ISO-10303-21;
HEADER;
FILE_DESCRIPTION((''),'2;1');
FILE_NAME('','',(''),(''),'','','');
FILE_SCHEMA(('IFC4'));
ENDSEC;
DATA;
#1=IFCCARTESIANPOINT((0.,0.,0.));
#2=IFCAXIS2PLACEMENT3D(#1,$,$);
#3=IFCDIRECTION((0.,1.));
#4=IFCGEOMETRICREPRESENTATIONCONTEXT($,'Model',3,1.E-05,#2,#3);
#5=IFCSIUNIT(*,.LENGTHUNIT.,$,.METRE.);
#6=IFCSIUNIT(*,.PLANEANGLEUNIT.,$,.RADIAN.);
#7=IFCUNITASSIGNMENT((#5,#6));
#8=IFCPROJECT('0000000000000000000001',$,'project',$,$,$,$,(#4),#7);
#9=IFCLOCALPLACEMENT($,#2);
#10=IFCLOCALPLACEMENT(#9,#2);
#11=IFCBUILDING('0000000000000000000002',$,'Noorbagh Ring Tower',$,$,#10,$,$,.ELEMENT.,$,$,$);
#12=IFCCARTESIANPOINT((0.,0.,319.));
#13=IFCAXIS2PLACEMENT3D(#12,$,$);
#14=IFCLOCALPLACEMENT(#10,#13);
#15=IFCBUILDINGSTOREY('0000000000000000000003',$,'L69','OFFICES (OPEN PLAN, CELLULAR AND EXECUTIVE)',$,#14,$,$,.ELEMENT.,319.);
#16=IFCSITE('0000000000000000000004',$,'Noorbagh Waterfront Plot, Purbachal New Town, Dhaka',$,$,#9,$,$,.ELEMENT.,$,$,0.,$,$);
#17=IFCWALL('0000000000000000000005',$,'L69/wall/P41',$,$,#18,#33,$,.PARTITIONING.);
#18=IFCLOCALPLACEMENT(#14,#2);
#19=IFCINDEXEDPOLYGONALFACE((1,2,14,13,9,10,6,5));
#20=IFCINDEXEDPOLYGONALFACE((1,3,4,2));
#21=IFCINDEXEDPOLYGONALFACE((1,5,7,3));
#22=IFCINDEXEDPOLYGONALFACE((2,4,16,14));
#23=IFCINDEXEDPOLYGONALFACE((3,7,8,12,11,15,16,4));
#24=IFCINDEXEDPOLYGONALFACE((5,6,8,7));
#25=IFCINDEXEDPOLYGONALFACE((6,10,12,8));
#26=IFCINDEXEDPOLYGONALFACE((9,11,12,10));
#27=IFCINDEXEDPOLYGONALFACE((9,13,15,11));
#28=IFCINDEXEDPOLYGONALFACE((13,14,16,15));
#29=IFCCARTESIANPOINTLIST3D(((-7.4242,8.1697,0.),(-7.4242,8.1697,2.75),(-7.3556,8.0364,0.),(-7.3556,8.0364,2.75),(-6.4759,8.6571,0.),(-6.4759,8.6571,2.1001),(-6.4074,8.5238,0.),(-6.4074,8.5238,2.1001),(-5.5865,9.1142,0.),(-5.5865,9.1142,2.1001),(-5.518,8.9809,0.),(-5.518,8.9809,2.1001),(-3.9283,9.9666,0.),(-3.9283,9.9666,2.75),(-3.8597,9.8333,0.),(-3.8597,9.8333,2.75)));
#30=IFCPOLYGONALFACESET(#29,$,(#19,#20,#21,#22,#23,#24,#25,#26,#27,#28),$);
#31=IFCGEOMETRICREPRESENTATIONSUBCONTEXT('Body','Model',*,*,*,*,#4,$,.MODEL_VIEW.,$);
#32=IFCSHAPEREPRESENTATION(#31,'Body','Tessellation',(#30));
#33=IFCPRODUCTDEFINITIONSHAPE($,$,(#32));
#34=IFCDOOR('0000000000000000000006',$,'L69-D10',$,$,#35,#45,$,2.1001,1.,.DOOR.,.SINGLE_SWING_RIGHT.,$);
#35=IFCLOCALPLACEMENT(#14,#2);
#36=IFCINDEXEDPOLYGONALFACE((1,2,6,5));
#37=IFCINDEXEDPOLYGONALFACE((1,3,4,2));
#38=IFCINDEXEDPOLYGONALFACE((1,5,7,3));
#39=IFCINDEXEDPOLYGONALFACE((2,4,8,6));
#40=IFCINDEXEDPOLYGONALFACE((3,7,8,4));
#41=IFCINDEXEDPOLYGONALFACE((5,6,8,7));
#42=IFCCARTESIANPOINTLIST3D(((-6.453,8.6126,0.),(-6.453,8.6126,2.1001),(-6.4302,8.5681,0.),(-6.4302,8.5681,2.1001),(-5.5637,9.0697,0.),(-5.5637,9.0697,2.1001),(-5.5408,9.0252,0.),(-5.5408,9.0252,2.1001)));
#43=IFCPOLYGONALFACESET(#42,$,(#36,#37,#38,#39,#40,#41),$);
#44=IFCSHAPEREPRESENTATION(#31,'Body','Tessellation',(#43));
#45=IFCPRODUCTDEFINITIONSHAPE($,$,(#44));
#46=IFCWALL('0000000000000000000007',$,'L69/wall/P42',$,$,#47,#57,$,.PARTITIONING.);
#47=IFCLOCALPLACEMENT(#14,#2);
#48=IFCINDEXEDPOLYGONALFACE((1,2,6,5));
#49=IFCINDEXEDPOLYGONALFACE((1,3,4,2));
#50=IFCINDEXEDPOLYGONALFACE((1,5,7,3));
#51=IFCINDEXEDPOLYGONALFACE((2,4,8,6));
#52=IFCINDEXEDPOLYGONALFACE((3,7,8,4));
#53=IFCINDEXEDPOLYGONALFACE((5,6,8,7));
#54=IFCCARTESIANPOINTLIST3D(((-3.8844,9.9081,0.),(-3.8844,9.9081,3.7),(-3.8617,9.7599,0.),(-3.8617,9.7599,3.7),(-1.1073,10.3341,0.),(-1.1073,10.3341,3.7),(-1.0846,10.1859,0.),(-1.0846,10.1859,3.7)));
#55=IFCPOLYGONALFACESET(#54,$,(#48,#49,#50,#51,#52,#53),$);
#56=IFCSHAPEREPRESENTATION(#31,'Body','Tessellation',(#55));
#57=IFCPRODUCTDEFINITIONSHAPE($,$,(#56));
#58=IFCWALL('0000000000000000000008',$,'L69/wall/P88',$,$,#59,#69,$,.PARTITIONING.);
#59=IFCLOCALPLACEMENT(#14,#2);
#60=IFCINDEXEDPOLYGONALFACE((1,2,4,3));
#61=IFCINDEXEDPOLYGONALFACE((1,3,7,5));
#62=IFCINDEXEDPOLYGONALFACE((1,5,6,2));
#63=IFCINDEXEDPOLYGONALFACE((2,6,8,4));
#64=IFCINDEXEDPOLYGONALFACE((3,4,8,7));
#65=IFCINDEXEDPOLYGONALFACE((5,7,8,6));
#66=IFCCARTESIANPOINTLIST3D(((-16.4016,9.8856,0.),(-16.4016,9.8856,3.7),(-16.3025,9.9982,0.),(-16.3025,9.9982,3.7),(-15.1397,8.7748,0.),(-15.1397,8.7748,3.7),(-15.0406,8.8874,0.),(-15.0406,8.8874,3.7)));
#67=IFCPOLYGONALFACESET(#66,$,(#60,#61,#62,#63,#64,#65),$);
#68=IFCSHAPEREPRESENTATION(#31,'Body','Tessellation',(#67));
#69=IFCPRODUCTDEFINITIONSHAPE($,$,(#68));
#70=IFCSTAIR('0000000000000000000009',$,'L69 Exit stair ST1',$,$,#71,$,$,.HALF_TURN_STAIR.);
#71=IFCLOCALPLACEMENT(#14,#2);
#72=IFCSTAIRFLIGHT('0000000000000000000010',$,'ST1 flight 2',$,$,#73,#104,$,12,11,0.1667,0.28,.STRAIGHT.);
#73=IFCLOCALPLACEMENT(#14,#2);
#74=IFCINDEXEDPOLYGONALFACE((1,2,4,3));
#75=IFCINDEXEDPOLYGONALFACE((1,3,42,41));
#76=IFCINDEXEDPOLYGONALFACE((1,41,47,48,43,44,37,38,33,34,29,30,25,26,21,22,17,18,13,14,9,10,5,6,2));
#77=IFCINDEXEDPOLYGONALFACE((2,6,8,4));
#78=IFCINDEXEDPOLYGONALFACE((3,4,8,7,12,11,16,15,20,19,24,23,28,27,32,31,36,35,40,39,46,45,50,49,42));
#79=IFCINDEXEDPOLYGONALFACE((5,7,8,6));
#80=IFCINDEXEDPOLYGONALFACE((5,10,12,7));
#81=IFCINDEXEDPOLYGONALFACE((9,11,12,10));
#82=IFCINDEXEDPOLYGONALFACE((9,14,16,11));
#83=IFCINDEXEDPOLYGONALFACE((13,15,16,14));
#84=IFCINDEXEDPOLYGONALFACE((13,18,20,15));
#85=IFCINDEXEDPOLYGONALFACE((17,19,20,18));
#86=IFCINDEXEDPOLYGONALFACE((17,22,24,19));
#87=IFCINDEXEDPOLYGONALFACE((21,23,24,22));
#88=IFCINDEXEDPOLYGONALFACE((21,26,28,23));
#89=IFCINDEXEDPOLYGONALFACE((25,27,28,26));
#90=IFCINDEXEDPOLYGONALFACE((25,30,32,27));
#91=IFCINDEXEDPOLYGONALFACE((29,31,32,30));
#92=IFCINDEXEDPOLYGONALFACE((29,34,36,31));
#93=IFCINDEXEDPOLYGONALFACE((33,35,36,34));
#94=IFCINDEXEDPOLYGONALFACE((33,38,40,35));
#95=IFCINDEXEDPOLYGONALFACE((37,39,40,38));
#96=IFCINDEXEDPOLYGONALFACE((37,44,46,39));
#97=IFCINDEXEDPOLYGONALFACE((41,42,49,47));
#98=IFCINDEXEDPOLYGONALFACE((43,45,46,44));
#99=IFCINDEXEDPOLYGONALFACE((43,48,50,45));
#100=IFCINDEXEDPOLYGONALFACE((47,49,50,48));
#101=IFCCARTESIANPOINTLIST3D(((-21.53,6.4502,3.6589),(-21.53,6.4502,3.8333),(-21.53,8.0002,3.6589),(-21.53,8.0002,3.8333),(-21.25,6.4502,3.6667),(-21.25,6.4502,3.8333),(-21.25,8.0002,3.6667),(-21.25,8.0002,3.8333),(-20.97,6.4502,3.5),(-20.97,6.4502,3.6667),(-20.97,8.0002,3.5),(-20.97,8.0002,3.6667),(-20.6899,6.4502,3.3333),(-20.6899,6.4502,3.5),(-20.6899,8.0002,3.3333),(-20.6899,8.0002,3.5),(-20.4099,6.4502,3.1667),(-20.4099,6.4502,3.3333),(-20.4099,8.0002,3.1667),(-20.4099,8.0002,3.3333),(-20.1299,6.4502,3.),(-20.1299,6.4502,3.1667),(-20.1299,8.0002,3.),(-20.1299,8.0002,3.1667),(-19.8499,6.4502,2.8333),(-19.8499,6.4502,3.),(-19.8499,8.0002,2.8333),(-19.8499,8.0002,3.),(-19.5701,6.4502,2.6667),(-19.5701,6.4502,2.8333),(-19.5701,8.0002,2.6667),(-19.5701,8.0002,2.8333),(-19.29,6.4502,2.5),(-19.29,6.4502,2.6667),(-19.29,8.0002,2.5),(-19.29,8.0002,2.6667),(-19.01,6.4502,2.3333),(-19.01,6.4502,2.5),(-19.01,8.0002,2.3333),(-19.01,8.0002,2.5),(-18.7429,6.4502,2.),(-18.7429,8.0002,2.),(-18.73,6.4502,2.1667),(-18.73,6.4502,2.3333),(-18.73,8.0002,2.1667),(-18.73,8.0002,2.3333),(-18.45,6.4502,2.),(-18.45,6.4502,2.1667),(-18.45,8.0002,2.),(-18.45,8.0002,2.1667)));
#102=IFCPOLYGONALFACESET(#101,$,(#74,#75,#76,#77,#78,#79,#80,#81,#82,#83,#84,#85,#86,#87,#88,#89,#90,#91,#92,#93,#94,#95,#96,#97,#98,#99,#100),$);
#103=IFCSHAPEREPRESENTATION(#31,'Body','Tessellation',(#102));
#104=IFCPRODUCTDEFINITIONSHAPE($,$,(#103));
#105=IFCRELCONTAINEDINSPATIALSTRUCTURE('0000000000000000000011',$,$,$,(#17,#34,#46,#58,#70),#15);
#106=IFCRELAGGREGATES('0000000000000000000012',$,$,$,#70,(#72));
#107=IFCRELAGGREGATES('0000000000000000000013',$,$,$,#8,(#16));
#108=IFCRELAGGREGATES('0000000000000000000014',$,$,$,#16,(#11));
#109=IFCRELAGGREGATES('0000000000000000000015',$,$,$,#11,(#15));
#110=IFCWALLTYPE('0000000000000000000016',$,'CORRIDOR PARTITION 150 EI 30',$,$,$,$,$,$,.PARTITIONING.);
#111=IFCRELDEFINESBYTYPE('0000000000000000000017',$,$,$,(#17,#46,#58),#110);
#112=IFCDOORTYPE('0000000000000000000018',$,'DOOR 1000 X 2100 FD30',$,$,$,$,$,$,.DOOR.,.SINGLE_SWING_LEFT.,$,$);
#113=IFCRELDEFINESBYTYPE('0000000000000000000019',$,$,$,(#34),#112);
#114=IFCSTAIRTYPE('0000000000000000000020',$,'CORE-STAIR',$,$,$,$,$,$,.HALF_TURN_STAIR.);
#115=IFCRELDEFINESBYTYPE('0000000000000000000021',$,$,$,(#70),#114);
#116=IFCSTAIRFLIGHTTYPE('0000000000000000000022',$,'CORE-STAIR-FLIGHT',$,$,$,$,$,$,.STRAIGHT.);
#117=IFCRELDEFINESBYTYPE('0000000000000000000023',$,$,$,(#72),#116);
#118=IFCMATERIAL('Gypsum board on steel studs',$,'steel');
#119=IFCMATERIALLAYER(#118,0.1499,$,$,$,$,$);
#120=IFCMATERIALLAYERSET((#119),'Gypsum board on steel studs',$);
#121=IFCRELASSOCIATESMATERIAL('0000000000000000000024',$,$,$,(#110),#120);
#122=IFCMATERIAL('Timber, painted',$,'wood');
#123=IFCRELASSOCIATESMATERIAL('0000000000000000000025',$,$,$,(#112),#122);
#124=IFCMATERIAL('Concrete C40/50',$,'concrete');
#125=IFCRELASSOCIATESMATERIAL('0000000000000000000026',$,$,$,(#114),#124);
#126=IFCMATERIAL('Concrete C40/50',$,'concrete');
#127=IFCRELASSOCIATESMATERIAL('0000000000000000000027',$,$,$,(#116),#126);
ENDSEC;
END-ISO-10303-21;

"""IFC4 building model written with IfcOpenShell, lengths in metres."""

from ifc_helpers import new_model, si_unit, direction, frame, frame_2d, origin, place, context, subcontext, project, spatial, polyline, rectangle, outline, extrude, material, layer, layer_set, type_object, element, fill, aggregate, save


model = new_model("IFC4")

# Units and contexts
model_context = context("Model", 3, precision=1e-05, world=origin(), true_north=direction((0.0, 1.0)))
body_context = subcontext(model_context, "Body", "Model", "MODEL_VIEW")
ifc_project = project(units=[si_unit("LENGTHUNIT", "METRE"), si_unit("PLANEANGLEUNIT", "RADIAN")], contexts=[model_context])

# Site, building, storey
site_placement = place(None, origin())
site = spatial("IfcSite", under=ifc_project, at=site_placement, Name="Noorbagh Waterfront Plot, Purbachal New Town, Dhaka", CompositionType="ELEMENT", RefElevation=0.0)
building_placement = place(site_placement, origin())
building = spatial("IfcBuilding", under=site, at=building_placement, Name="Noorbagh Ring Tower", CompositionType="ELEMENT")
storey_placement = place(building_placement, frame((0.0, 0.0, 319.0)))
storey = spatial("IfcBuildingStorey", under=building, at=storey_placement, Name="L69", Description="OFFICES (OPEN PLAN, CELLULAR AND EXECUTIVE)", CompositionType="ELEMENT", Elevation=319.0)

# Shared definitions
ifc_material_1 = material(Name="Gypsum board on steel studs", Category="steel")
ifc_layer_1 = layer(ifc_material_1, 0.1499)
ifc_layer_set_1 = layer_set([ifc_layer_1], Name="Gypsum board on steel studs")
wall_type_1 = type_object("IfcWallType", Name="CORRIDOR PARTITION 150 EI 30", PredefinedType="PARTITIONING", material=ifc_layer_set_1)

# Shared definitions
ifc_material_2 = material(Name="Timber, painted", Category="wood")
door_type_1 = type_object("IfcDoorType", Name="DOOR 1000 X 2100 FD30", OperationType="SINGLE_SWING_LEFT", PredefinedType="DOOR", material=ifc_material_2)

# Wall, opening, door
wall_1_placement = place(storey_placement, frame((-7.3899, 8.103, 0.0), z_axis=(0.0, 0.0, 1.0), x_axis=(0.88939, 0.457149, 0.0)))
wall_1 = element("IfcWall", 1, at=wall_1_placement, inside=storey, type_object=wall_type_1, Name="L69/wall/P41", PredefinedType="PARTITIONING", context=body_context, shape_type="SweptSolid", body=[
    extrude(rectangle(XDim=3.9307, YDim=0.1499, at=frame_2d((1.9653, 0.0))), origin(), (0.0, 0.0, 1.0), 2.75),
])
opening_1_placement = place(wall_1_placement, frame((1.0662, 0.0, 0.0)))
opening_1 = element("IfcOpeningElement", 2, at=opening_1_placement, cuts=wall_1, PredefinedType="OPENING", context=body_context, shape_type="SweptSolid", body=[
    extrude(rectangle(XDim=1.0, YDim=2.1001, at=frame_2d((0.5, 1.05))), frame((0.0, 0.085, 0.0), z_axis=(0.0, -1.0, 0.0), x_axis=(1.0, 0.0, 0.0)), (0.0, 0.0, 1.0), 0.1699),
])
door_1_placement = place(opening_1_placement, origin())
door_1 = element("IfcDoor", 3, at=door_1_placement, inside=storey, type_object=door_type_1, Name="L69-D10", OperationType="SINGLE_SWING_RIGHT", OverallHeight=2.1001, OverallWidth=1.0, PredefinedType="DOOR", context=body_context, shape_type="SweptSolid", body=[
    extrude(rectangle(XDim=1.0, YDim=2.1001, at=frame_2d((0.5, 1.05))), frame((0.0, 0.0249, 0.0), z_axis=(0.0, -1.0, 0.0), x_axis=(1.0, 0.0, 0.0)), (0.0, 0.0, 1.0), 0.05),
])
fill(opening_1, door_1)

# Walls
wall_2_placement = place(storey_placement, frame((-3.873, 9.834, 0.0), z_axis=(0.0, 0.0, 1.0), x_axis=(0.988437, 0.151633, 0.0)))
element("IfcWall", 4, at=wall_2_placement, inside=storey, type_object=wall_type_1, Name="L69/wall/P42", PredefinedType="PARTITIONING", context=body_context, shape_type="SweptSolid", body=[
    extrude(rectangle(XDim=2.8096, YDim=0.1499, at=frame_2d((1.4048, 0.0))), origin(), (0.0, 0.0, 1.0), 3.7),
])
wall_3_placement = place(storey_placement, frame((-16.3521, 9.9419, 0.0), z_axis=(0.0, 0.0, 1.0), x_axis=(0.750621, -0.660733, 0.0)))
element("IfcWall", 5, at=wall_3_placement, inside=storey, type_object=wall_type_1, Name="L69/wall/P88", PredefinedType="PARTITIONING", context=body_context, shape_type="SweptSolid", body=[
    extrude(rectangle(XDim=1.6812, YDim=0.1499, at=frame_2d((0.8406, 0.0))), origin(), (0.0, 0.0, 1.0), 3.7),
])

# Stair, stair flight
ifc_material_3 = material(Name="Concrete C40/50", Category="concrete")
stair_type = type_object("IfcStairType", Name="CORE-STAIR", PredefinedType="HALF_TURN_STAIR", material=ifc_material_3)
stair_placement = place(storey_placement, origin())
stair = element("IfcStair", 6, at=stair_placement, inside=storey, type_object=stair_type, Name="L69 Exit stair ST1", PredefinedType="HALF_TURN_STAIR")
ifc_material_4 = material(Name="Concrete C40/50", Category="concrete")
stair_flight_type = type_object("IfcStairFlightType", Name="CORE-STAIR-FLIGHT", PredefinedType="STRAIGHT", material=ifc_material_4)
stair_flight_placement = place(storey_placement, frame((-18.45, 7.2251, 2.0), z_axis=(0.0, 0.0, 1.0), x_axis=(-1.0, 0.0, 0.0)))
stair_flight = element("IfcStairFlight", 7, at=stair_flight_placement, type_object=stair_flight_type, Name="ST1 flight 2", NumberOfRisers=12, NumberOfTreads=11, PredefinedType="STRAIGHT", RiserHeight=0.1667, TreadLength=0.28, context=body_context, shape_type="SweptSolid", body=[
    extrude(outline(polyline([(0.0, 0.0), (0.0, 0.1667), (0.28, 0.1667), (0.28, 0.3333), (0.5601, 0.3333), (0.5601, 0.5), (0.8401, 0.5), (0.8401, 0.6667), (1.1201, 0.6667), (1.1201, 0.8333), (1.3999, 0.8333), (1.3999, 1.0), (1.6799, 1.0), (1.6799, 1.1667), (1.96, 1.1667), (1.96, 1.3333), (2.24, 1.3333), (2.24, 1.5), (2.52, 1.5), (2.52, 1.6667), (2.8, 1.6667), (2.8, 1.8333), (3.0801, 1.8333), (3.0801, 2.0), (3.0801, 1.6589), (0.293, 0.0), (0.0, 0.0)])), frame((0.0, 0.7749, 0.0), z_axis=(0.0, -1.0, 0.0), x_axis=(1.0, 0.0, 0.0)), (0.0, 0.0, 1.0), 1.55),
])
aggregate(stair, [stair_flight])

save(model, "model.ifc")
